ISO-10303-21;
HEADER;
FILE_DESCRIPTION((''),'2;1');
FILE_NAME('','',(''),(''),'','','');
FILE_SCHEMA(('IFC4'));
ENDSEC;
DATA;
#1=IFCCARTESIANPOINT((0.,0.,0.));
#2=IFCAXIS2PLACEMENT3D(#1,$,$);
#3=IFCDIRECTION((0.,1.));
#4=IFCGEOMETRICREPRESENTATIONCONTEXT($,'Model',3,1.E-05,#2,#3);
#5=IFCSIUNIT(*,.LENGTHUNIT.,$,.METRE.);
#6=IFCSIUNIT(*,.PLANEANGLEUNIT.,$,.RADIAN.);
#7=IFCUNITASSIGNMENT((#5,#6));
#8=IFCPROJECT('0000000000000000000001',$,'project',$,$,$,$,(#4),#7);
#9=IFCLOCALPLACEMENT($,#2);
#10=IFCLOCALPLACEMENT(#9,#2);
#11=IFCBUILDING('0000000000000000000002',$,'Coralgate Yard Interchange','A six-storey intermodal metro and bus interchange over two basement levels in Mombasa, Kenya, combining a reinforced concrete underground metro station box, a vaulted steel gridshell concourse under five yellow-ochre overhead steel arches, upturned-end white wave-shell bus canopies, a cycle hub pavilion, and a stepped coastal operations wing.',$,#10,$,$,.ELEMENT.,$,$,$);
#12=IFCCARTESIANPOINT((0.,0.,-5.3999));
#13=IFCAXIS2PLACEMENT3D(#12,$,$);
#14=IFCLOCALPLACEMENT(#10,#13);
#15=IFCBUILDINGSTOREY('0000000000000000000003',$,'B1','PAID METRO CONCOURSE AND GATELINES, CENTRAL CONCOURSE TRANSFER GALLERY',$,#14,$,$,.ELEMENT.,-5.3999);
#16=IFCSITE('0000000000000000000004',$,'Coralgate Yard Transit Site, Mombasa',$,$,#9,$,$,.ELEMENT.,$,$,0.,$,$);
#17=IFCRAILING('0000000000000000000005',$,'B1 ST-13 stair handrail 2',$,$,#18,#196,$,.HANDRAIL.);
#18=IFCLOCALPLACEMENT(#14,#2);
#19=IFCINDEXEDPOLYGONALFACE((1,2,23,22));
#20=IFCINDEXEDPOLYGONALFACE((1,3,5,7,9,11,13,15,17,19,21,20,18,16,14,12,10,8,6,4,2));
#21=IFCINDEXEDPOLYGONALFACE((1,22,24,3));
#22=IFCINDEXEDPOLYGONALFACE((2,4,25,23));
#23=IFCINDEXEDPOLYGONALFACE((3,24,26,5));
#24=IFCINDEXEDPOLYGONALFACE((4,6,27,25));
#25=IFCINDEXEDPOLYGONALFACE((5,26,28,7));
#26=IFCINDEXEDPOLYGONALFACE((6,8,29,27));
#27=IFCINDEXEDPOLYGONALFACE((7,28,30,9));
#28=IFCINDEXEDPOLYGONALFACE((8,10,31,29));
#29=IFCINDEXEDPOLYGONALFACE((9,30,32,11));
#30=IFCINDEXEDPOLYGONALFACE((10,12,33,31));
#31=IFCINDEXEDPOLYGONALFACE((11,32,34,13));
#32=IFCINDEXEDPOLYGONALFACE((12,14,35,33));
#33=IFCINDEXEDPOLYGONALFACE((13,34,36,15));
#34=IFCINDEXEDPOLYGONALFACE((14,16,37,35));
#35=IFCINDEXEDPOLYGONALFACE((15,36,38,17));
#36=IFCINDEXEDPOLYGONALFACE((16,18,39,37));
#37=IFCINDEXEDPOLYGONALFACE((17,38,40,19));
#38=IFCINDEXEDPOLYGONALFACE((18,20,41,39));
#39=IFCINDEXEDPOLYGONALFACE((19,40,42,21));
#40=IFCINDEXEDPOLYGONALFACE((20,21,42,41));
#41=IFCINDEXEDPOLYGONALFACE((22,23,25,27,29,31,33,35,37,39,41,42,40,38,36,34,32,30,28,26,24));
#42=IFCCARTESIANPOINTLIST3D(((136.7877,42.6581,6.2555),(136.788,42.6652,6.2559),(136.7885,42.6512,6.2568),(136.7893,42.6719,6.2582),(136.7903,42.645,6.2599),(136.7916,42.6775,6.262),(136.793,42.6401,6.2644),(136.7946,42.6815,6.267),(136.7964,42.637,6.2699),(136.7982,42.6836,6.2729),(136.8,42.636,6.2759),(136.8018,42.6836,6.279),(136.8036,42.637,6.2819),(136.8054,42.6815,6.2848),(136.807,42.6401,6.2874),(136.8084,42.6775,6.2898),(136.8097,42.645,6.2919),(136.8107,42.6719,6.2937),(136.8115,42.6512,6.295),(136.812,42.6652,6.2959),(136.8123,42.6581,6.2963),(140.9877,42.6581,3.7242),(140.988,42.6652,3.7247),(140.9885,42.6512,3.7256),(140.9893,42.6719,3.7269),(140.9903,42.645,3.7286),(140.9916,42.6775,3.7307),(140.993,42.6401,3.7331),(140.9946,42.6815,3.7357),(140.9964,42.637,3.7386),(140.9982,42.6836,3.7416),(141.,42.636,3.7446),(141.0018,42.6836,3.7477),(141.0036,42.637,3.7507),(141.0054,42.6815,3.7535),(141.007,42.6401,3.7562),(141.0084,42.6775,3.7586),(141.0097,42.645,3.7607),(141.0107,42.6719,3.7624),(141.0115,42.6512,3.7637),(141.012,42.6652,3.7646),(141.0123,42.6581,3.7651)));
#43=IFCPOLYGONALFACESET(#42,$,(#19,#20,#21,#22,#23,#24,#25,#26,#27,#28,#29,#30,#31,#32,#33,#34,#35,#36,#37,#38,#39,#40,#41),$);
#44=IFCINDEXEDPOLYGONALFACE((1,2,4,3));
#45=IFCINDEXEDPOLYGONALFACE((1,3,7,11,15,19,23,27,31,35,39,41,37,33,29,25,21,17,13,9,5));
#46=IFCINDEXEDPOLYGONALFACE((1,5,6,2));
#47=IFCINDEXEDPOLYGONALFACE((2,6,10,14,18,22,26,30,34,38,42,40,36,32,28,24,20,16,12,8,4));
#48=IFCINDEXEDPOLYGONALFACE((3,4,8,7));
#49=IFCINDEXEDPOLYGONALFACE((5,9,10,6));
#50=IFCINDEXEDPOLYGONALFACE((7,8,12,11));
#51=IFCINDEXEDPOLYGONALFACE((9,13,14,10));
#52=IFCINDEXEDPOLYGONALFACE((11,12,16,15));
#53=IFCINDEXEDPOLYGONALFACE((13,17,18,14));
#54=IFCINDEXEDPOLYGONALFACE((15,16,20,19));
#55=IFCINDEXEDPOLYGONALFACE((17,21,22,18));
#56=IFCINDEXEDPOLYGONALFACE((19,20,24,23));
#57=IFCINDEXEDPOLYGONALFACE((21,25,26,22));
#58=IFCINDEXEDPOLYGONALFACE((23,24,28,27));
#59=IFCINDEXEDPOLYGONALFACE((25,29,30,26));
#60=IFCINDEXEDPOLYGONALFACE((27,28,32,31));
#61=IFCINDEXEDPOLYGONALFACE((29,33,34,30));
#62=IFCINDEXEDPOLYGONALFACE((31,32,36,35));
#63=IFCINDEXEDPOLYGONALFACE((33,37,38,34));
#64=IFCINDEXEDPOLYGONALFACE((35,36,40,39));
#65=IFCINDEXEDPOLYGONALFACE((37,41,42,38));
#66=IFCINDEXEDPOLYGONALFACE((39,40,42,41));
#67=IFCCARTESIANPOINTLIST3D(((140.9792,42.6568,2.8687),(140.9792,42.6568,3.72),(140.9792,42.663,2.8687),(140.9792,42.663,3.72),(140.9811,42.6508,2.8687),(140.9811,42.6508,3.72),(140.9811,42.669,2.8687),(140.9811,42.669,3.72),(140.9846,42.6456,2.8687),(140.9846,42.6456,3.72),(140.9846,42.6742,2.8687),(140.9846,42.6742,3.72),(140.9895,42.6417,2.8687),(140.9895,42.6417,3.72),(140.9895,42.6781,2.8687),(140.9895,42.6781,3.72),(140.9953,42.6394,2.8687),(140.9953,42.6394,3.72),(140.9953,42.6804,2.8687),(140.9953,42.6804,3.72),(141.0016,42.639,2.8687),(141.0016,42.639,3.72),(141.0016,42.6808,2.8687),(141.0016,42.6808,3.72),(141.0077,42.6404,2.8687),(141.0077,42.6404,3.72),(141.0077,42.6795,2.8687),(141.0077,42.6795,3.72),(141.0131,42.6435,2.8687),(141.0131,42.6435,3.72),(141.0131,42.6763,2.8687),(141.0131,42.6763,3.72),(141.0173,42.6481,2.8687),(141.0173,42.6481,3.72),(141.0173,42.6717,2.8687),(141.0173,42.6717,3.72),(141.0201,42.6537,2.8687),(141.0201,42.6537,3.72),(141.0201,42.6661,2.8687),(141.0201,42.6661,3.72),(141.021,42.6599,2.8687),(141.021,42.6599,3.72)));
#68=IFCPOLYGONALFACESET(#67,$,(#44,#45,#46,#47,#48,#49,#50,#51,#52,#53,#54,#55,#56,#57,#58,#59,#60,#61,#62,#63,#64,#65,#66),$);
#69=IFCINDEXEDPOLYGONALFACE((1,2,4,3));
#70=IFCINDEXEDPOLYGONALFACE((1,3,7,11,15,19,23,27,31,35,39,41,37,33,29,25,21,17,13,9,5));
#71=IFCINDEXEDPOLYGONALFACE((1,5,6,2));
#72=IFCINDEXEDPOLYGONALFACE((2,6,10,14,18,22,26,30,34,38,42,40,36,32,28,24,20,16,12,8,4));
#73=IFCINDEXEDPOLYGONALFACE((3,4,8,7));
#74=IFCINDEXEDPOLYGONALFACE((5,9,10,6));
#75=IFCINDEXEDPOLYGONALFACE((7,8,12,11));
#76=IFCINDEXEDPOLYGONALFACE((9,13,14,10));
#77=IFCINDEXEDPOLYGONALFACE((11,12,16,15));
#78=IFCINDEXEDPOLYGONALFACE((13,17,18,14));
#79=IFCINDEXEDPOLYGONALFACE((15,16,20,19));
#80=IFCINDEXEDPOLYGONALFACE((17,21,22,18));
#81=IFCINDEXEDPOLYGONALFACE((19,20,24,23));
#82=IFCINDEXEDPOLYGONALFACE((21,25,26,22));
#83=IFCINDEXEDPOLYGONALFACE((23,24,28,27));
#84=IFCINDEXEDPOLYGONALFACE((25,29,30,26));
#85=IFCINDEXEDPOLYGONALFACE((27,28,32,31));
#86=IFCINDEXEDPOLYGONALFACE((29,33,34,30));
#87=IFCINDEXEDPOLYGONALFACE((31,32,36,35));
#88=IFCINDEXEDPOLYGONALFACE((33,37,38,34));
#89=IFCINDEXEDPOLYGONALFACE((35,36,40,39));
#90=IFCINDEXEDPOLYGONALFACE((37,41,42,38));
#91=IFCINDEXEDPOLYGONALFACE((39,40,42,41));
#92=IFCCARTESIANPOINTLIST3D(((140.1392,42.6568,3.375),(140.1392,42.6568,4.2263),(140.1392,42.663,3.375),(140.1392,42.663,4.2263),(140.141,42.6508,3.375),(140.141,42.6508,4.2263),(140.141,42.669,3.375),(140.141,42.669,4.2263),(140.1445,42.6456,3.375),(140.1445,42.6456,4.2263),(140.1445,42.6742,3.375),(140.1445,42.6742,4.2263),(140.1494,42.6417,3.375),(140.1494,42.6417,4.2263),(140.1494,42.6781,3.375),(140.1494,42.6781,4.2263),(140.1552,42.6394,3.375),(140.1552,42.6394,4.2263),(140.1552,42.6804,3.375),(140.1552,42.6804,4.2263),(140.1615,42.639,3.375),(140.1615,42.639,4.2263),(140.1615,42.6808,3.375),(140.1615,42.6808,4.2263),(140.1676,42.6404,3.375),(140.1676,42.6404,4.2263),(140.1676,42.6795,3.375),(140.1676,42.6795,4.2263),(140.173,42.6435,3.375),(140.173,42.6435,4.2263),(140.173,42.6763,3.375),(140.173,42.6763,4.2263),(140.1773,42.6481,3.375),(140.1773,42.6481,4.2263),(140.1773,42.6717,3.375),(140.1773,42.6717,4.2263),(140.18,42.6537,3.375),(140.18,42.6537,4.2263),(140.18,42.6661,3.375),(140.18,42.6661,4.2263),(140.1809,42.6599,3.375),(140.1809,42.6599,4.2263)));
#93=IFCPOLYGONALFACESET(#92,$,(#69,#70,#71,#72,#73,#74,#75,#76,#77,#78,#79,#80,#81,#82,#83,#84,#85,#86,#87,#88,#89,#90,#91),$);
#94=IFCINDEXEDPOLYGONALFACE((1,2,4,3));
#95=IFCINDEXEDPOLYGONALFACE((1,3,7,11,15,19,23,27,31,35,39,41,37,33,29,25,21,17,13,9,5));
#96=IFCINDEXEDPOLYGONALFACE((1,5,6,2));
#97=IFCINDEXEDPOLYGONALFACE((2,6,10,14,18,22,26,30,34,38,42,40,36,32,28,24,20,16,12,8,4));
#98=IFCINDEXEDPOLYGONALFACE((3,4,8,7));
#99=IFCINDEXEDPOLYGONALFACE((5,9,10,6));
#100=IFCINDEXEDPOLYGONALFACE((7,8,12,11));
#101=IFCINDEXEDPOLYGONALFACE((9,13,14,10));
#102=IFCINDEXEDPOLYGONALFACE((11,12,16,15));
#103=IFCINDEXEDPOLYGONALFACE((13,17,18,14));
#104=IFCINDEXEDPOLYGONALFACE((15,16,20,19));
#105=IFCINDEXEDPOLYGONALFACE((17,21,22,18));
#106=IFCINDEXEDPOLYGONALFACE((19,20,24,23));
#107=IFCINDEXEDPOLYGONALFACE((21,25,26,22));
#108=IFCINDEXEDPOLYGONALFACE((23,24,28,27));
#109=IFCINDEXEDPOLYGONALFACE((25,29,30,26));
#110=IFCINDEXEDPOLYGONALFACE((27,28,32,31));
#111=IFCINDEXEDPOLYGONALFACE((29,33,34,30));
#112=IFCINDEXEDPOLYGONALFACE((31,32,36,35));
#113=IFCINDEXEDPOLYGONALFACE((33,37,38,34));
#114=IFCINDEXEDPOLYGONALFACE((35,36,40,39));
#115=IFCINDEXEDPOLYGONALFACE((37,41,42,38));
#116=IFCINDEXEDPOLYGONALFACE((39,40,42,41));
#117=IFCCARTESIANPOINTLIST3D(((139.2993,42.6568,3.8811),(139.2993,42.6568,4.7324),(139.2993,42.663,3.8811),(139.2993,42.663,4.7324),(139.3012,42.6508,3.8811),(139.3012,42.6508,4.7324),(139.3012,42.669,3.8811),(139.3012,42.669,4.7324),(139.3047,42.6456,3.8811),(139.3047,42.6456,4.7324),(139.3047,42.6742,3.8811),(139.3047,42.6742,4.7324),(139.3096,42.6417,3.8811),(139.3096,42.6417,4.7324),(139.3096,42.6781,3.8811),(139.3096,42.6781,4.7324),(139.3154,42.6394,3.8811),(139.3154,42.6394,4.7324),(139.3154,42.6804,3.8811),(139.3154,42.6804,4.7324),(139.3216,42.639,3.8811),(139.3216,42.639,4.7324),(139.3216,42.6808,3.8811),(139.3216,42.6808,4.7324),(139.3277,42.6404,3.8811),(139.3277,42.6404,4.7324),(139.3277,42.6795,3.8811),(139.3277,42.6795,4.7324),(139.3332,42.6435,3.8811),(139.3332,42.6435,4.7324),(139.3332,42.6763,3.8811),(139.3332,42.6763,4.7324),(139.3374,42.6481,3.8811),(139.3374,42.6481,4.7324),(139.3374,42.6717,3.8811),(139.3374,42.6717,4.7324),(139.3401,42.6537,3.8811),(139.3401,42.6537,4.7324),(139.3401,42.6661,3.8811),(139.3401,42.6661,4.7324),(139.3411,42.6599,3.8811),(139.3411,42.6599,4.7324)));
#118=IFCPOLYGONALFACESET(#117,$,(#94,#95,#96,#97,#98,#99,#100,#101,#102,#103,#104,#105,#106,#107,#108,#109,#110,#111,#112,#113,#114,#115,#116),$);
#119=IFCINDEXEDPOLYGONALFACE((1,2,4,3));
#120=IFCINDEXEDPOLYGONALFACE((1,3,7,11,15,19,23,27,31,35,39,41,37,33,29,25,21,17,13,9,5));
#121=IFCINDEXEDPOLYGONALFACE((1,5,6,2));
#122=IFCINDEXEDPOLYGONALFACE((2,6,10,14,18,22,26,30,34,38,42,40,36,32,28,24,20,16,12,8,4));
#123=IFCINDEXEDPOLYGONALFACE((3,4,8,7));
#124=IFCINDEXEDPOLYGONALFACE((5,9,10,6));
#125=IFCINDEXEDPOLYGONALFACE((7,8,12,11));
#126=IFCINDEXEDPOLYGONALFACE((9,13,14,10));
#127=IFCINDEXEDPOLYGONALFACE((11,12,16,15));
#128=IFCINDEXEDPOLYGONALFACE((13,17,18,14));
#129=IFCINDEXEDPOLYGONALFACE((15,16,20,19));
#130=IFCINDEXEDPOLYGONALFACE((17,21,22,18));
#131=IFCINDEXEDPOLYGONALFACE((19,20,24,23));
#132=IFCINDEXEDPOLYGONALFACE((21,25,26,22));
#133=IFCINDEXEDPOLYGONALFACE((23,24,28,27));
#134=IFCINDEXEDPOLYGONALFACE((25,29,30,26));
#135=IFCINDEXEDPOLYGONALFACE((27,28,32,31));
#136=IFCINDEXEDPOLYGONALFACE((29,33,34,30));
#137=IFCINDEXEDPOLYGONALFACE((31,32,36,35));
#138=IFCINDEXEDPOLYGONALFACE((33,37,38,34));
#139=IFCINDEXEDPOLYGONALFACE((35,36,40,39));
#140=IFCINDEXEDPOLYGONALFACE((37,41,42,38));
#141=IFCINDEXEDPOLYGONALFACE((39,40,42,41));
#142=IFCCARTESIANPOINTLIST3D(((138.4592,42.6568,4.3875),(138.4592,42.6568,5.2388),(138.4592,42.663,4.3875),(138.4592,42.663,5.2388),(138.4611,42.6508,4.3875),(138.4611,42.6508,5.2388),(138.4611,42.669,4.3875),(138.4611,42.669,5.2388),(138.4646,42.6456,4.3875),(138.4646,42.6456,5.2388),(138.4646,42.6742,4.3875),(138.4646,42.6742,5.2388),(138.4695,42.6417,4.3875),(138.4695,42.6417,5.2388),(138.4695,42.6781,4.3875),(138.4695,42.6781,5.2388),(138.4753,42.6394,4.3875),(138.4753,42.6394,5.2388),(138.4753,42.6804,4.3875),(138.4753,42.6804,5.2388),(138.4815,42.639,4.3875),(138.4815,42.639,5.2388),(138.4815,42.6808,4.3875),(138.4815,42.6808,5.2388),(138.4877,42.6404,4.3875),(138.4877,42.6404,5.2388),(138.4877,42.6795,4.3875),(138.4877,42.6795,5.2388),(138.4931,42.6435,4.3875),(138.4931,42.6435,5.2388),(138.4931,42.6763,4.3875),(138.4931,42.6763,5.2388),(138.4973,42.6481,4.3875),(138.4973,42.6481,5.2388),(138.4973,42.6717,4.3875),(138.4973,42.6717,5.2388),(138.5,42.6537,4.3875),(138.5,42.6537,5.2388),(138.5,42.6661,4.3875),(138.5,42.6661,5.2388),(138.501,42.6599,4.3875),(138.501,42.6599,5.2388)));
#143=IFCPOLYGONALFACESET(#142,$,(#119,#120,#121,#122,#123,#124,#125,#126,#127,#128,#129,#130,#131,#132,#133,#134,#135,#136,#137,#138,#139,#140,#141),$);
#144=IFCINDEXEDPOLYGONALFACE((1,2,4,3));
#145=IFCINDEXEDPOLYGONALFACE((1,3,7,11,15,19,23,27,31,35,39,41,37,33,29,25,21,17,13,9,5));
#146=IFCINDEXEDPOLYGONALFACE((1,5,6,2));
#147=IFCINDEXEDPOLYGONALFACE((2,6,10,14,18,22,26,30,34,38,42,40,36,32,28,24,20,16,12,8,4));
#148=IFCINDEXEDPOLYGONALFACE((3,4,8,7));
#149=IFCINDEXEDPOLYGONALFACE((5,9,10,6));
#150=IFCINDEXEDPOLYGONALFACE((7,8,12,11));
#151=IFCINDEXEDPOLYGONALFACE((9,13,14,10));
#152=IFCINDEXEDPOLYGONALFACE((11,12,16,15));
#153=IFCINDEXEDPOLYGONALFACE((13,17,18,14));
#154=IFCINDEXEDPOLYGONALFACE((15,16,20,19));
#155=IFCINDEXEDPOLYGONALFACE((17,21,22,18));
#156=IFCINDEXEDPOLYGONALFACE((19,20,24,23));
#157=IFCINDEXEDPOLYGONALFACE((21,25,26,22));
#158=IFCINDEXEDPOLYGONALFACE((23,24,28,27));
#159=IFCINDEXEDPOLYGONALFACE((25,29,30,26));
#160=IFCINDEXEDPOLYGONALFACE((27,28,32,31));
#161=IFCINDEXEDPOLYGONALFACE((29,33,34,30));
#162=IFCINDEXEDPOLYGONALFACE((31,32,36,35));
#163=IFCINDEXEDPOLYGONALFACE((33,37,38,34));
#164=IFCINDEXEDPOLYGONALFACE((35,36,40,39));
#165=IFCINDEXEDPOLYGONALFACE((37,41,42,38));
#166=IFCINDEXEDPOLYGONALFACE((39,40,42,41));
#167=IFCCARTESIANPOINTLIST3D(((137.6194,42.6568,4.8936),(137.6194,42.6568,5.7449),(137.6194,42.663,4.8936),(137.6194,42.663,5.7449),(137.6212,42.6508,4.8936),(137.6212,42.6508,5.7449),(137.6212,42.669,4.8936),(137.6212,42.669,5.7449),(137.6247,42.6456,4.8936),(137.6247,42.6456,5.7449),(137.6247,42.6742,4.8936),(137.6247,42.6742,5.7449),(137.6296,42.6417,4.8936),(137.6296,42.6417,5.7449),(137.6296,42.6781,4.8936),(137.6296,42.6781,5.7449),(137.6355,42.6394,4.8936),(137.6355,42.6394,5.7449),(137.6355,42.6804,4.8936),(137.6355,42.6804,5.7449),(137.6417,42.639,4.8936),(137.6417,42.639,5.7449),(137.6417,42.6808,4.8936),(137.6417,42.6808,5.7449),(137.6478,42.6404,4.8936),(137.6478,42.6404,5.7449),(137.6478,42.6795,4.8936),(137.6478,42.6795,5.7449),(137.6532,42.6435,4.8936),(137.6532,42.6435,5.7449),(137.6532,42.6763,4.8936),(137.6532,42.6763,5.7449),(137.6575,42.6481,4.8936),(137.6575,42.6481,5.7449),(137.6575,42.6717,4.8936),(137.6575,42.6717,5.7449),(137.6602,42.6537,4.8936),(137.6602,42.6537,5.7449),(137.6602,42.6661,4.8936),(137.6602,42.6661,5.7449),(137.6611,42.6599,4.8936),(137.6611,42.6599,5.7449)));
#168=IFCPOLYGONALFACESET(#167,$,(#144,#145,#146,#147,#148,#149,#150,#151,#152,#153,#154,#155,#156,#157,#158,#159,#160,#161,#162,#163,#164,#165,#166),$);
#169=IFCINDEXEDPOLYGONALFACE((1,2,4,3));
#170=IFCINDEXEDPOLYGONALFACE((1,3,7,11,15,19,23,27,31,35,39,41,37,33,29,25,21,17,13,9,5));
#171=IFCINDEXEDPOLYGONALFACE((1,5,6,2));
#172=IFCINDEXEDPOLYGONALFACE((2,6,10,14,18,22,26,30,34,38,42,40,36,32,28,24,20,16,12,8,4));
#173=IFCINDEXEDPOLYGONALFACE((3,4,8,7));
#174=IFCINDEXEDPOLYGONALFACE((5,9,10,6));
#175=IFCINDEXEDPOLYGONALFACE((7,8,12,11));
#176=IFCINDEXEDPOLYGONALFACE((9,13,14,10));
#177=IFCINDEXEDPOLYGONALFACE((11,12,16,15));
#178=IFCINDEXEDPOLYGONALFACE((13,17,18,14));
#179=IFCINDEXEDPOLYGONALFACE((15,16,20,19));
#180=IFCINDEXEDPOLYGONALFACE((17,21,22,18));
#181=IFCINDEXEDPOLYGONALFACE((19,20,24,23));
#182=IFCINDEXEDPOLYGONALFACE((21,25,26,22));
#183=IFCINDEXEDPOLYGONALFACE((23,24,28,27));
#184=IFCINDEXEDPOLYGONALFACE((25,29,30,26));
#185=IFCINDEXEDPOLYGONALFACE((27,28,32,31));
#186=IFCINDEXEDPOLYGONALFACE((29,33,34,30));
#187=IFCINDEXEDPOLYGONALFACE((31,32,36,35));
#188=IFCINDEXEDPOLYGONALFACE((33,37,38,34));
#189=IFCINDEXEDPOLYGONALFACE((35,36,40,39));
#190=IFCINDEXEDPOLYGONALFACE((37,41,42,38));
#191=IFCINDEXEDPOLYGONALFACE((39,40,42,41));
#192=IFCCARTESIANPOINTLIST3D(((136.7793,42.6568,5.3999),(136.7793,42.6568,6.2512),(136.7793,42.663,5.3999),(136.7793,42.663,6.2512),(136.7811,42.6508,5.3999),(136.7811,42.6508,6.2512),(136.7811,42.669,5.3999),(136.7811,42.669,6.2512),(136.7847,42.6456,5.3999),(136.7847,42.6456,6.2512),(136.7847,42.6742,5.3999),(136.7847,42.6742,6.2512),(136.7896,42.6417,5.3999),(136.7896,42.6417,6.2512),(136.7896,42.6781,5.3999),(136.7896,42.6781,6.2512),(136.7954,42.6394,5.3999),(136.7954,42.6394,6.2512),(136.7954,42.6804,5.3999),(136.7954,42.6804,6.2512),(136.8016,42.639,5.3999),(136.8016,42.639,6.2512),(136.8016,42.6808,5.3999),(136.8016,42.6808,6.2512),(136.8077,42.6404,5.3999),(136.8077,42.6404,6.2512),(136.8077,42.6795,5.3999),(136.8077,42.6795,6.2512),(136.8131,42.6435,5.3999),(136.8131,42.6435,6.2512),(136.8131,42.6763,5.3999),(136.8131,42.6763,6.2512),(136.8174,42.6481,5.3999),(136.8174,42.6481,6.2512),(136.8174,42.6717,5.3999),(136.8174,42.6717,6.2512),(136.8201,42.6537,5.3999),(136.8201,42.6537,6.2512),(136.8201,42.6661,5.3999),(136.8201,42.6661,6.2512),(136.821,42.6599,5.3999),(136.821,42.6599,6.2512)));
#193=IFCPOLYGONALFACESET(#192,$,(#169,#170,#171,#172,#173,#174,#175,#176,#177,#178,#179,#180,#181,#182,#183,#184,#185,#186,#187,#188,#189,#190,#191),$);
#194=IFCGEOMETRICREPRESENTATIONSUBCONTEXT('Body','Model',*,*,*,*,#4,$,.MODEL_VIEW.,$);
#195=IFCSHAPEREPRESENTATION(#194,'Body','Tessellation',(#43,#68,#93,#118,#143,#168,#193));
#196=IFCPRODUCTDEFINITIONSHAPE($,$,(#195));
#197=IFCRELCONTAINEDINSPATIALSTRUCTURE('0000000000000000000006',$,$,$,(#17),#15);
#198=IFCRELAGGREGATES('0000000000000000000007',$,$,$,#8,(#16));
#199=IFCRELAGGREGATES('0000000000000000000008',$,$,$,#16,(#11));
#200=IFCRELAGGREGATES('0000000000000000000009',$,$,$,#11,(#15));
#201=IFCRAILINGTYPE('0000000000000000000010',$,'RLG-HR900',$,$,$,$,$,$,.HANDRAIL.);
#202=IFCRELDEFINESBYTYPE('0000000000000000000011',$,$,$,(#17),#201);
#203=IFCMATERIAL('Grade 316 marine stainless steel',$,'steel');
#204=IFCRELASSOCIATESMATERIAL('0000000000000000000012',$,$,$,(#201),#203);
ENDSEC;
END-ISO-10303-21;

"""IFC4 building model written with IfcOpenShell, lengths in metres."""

from ifc_helpers import new_model, si_unit, direction, frame, origin, origin_2d, place, context, subcontext, project, spatial, circle, extrude, material, type_object, element, save


model = new_model("IFC4")

# Units and contexts
model_context = context("Model", 3, precision=1e-05, world=origin(), true_north=direction((0.0, 1.0)))
body_context = subcontext(model_context, "Body", "Model", "MODEL_VIEW")
ifc_project = project(units=[si_unit("LENGTHUNIT", "METRE"), si_unit("PLANEANGLEUNIT", "RADIAN")], contexts=[model_context])

# Site, building, storey
site_placement = place(None, origin())
site = spatial("IfcSite", under=ifc_project, at=site_placement, Name="Coralgate Yard Transit Site, Mombasa", CompositionType="ELEMENT", RefElevation=0.0)
building_placement = place(site_placement, origin())
building = spatial("IfcBuilding", under=site, at=building_placement, Name="Coralgate Yard Interchange", Description="A six-storey intermodal metro and bus interchange over two basement levels in Mombasa, Kenya, combining a reinforced concrete underground metro station box, a vaulted steel gridshell concourse under five yellow-ochre overhead steel arches, upturned-end white wave-shell bus canopies, a cycle hub pavilion, and a stepped coastal operations wing.", CompositionType="ELEMENT")
storey_placement = place(building_placement, frame((0.0, 0.0, -5.3999)))
storey = spatial("IfcBuildingStorey", under=building, at=storey_placement, Name="B1", Description="PAID METRO CONCOURSE AND GATELINES, CENTRAL CONCOURSE TRANSFER GALLERY", CompositionType="ELEMENT", Elevation=-5.3999)

# Railing
ifc_material_1 = material(Name="Grade 316 marine stainless steel", Category="steel")
railing_type_1 = type_object("IfcRailingType", Name="RLG-HR900", PredefinedType="HANDRAIL", material=ifc_material_1)
railing_1_placement = place(storey_placement, frame((141.0, 42.6599, 2.8687)))
element("IfcRailing", 1, at=railing_1_placement, inside=storey, type_object=railing_type_1, Name="B1 ST-13 stair handrail 2", PredefinedType="HANDRAIL", context=body_context, shape_type="SweptSolid", body=[
    extrude(circle(Radius=0.0239, at=origin_2d()), frame((0.0, 0.0, 0.876), z_axis=(-0.856476, 0.0, 0.516186), x_axis=(0.0, -1.0, 0.0)), (0.0, 0.0, 1.0), 4.9038),
    extrude(circle(Radius=0.021, at=origin_2d()), origin(), (0.0, 0.0, 1.0), 0.8513),
    extrude(circle(Radius=0.021, at=origin_2d()), frame((-0.8401, 0.0, 0.5063)), (0.0, 0.0, 1.0), 0.8513),
    extrude(circle(Radius=0.021, at=origin_2d()), frame((-1.6799, 0.0, 1.0125)), (0.0, 0.0, 1.0), 0.8513),
    extrude(circle(Radius=0.021, at=origin_2d()), frame((-2.52, 0.0, 1.5188)), (0.0, 0.0, 1.0), 0.8513),
    extrude(circle(Radius=0.021, at=origin_2d()), frame((-3.3599, 0.0, 2.0249)), (0.0, 0.0, 1.0), 0.8513),
    extrude(circle(Radius=0.021, at=origin_2d()), frame((-4.2, 0.0, 2.5312)), (0.0, 0.0, 1.0), 0.8513),
])

save(model, "model.ifc")
